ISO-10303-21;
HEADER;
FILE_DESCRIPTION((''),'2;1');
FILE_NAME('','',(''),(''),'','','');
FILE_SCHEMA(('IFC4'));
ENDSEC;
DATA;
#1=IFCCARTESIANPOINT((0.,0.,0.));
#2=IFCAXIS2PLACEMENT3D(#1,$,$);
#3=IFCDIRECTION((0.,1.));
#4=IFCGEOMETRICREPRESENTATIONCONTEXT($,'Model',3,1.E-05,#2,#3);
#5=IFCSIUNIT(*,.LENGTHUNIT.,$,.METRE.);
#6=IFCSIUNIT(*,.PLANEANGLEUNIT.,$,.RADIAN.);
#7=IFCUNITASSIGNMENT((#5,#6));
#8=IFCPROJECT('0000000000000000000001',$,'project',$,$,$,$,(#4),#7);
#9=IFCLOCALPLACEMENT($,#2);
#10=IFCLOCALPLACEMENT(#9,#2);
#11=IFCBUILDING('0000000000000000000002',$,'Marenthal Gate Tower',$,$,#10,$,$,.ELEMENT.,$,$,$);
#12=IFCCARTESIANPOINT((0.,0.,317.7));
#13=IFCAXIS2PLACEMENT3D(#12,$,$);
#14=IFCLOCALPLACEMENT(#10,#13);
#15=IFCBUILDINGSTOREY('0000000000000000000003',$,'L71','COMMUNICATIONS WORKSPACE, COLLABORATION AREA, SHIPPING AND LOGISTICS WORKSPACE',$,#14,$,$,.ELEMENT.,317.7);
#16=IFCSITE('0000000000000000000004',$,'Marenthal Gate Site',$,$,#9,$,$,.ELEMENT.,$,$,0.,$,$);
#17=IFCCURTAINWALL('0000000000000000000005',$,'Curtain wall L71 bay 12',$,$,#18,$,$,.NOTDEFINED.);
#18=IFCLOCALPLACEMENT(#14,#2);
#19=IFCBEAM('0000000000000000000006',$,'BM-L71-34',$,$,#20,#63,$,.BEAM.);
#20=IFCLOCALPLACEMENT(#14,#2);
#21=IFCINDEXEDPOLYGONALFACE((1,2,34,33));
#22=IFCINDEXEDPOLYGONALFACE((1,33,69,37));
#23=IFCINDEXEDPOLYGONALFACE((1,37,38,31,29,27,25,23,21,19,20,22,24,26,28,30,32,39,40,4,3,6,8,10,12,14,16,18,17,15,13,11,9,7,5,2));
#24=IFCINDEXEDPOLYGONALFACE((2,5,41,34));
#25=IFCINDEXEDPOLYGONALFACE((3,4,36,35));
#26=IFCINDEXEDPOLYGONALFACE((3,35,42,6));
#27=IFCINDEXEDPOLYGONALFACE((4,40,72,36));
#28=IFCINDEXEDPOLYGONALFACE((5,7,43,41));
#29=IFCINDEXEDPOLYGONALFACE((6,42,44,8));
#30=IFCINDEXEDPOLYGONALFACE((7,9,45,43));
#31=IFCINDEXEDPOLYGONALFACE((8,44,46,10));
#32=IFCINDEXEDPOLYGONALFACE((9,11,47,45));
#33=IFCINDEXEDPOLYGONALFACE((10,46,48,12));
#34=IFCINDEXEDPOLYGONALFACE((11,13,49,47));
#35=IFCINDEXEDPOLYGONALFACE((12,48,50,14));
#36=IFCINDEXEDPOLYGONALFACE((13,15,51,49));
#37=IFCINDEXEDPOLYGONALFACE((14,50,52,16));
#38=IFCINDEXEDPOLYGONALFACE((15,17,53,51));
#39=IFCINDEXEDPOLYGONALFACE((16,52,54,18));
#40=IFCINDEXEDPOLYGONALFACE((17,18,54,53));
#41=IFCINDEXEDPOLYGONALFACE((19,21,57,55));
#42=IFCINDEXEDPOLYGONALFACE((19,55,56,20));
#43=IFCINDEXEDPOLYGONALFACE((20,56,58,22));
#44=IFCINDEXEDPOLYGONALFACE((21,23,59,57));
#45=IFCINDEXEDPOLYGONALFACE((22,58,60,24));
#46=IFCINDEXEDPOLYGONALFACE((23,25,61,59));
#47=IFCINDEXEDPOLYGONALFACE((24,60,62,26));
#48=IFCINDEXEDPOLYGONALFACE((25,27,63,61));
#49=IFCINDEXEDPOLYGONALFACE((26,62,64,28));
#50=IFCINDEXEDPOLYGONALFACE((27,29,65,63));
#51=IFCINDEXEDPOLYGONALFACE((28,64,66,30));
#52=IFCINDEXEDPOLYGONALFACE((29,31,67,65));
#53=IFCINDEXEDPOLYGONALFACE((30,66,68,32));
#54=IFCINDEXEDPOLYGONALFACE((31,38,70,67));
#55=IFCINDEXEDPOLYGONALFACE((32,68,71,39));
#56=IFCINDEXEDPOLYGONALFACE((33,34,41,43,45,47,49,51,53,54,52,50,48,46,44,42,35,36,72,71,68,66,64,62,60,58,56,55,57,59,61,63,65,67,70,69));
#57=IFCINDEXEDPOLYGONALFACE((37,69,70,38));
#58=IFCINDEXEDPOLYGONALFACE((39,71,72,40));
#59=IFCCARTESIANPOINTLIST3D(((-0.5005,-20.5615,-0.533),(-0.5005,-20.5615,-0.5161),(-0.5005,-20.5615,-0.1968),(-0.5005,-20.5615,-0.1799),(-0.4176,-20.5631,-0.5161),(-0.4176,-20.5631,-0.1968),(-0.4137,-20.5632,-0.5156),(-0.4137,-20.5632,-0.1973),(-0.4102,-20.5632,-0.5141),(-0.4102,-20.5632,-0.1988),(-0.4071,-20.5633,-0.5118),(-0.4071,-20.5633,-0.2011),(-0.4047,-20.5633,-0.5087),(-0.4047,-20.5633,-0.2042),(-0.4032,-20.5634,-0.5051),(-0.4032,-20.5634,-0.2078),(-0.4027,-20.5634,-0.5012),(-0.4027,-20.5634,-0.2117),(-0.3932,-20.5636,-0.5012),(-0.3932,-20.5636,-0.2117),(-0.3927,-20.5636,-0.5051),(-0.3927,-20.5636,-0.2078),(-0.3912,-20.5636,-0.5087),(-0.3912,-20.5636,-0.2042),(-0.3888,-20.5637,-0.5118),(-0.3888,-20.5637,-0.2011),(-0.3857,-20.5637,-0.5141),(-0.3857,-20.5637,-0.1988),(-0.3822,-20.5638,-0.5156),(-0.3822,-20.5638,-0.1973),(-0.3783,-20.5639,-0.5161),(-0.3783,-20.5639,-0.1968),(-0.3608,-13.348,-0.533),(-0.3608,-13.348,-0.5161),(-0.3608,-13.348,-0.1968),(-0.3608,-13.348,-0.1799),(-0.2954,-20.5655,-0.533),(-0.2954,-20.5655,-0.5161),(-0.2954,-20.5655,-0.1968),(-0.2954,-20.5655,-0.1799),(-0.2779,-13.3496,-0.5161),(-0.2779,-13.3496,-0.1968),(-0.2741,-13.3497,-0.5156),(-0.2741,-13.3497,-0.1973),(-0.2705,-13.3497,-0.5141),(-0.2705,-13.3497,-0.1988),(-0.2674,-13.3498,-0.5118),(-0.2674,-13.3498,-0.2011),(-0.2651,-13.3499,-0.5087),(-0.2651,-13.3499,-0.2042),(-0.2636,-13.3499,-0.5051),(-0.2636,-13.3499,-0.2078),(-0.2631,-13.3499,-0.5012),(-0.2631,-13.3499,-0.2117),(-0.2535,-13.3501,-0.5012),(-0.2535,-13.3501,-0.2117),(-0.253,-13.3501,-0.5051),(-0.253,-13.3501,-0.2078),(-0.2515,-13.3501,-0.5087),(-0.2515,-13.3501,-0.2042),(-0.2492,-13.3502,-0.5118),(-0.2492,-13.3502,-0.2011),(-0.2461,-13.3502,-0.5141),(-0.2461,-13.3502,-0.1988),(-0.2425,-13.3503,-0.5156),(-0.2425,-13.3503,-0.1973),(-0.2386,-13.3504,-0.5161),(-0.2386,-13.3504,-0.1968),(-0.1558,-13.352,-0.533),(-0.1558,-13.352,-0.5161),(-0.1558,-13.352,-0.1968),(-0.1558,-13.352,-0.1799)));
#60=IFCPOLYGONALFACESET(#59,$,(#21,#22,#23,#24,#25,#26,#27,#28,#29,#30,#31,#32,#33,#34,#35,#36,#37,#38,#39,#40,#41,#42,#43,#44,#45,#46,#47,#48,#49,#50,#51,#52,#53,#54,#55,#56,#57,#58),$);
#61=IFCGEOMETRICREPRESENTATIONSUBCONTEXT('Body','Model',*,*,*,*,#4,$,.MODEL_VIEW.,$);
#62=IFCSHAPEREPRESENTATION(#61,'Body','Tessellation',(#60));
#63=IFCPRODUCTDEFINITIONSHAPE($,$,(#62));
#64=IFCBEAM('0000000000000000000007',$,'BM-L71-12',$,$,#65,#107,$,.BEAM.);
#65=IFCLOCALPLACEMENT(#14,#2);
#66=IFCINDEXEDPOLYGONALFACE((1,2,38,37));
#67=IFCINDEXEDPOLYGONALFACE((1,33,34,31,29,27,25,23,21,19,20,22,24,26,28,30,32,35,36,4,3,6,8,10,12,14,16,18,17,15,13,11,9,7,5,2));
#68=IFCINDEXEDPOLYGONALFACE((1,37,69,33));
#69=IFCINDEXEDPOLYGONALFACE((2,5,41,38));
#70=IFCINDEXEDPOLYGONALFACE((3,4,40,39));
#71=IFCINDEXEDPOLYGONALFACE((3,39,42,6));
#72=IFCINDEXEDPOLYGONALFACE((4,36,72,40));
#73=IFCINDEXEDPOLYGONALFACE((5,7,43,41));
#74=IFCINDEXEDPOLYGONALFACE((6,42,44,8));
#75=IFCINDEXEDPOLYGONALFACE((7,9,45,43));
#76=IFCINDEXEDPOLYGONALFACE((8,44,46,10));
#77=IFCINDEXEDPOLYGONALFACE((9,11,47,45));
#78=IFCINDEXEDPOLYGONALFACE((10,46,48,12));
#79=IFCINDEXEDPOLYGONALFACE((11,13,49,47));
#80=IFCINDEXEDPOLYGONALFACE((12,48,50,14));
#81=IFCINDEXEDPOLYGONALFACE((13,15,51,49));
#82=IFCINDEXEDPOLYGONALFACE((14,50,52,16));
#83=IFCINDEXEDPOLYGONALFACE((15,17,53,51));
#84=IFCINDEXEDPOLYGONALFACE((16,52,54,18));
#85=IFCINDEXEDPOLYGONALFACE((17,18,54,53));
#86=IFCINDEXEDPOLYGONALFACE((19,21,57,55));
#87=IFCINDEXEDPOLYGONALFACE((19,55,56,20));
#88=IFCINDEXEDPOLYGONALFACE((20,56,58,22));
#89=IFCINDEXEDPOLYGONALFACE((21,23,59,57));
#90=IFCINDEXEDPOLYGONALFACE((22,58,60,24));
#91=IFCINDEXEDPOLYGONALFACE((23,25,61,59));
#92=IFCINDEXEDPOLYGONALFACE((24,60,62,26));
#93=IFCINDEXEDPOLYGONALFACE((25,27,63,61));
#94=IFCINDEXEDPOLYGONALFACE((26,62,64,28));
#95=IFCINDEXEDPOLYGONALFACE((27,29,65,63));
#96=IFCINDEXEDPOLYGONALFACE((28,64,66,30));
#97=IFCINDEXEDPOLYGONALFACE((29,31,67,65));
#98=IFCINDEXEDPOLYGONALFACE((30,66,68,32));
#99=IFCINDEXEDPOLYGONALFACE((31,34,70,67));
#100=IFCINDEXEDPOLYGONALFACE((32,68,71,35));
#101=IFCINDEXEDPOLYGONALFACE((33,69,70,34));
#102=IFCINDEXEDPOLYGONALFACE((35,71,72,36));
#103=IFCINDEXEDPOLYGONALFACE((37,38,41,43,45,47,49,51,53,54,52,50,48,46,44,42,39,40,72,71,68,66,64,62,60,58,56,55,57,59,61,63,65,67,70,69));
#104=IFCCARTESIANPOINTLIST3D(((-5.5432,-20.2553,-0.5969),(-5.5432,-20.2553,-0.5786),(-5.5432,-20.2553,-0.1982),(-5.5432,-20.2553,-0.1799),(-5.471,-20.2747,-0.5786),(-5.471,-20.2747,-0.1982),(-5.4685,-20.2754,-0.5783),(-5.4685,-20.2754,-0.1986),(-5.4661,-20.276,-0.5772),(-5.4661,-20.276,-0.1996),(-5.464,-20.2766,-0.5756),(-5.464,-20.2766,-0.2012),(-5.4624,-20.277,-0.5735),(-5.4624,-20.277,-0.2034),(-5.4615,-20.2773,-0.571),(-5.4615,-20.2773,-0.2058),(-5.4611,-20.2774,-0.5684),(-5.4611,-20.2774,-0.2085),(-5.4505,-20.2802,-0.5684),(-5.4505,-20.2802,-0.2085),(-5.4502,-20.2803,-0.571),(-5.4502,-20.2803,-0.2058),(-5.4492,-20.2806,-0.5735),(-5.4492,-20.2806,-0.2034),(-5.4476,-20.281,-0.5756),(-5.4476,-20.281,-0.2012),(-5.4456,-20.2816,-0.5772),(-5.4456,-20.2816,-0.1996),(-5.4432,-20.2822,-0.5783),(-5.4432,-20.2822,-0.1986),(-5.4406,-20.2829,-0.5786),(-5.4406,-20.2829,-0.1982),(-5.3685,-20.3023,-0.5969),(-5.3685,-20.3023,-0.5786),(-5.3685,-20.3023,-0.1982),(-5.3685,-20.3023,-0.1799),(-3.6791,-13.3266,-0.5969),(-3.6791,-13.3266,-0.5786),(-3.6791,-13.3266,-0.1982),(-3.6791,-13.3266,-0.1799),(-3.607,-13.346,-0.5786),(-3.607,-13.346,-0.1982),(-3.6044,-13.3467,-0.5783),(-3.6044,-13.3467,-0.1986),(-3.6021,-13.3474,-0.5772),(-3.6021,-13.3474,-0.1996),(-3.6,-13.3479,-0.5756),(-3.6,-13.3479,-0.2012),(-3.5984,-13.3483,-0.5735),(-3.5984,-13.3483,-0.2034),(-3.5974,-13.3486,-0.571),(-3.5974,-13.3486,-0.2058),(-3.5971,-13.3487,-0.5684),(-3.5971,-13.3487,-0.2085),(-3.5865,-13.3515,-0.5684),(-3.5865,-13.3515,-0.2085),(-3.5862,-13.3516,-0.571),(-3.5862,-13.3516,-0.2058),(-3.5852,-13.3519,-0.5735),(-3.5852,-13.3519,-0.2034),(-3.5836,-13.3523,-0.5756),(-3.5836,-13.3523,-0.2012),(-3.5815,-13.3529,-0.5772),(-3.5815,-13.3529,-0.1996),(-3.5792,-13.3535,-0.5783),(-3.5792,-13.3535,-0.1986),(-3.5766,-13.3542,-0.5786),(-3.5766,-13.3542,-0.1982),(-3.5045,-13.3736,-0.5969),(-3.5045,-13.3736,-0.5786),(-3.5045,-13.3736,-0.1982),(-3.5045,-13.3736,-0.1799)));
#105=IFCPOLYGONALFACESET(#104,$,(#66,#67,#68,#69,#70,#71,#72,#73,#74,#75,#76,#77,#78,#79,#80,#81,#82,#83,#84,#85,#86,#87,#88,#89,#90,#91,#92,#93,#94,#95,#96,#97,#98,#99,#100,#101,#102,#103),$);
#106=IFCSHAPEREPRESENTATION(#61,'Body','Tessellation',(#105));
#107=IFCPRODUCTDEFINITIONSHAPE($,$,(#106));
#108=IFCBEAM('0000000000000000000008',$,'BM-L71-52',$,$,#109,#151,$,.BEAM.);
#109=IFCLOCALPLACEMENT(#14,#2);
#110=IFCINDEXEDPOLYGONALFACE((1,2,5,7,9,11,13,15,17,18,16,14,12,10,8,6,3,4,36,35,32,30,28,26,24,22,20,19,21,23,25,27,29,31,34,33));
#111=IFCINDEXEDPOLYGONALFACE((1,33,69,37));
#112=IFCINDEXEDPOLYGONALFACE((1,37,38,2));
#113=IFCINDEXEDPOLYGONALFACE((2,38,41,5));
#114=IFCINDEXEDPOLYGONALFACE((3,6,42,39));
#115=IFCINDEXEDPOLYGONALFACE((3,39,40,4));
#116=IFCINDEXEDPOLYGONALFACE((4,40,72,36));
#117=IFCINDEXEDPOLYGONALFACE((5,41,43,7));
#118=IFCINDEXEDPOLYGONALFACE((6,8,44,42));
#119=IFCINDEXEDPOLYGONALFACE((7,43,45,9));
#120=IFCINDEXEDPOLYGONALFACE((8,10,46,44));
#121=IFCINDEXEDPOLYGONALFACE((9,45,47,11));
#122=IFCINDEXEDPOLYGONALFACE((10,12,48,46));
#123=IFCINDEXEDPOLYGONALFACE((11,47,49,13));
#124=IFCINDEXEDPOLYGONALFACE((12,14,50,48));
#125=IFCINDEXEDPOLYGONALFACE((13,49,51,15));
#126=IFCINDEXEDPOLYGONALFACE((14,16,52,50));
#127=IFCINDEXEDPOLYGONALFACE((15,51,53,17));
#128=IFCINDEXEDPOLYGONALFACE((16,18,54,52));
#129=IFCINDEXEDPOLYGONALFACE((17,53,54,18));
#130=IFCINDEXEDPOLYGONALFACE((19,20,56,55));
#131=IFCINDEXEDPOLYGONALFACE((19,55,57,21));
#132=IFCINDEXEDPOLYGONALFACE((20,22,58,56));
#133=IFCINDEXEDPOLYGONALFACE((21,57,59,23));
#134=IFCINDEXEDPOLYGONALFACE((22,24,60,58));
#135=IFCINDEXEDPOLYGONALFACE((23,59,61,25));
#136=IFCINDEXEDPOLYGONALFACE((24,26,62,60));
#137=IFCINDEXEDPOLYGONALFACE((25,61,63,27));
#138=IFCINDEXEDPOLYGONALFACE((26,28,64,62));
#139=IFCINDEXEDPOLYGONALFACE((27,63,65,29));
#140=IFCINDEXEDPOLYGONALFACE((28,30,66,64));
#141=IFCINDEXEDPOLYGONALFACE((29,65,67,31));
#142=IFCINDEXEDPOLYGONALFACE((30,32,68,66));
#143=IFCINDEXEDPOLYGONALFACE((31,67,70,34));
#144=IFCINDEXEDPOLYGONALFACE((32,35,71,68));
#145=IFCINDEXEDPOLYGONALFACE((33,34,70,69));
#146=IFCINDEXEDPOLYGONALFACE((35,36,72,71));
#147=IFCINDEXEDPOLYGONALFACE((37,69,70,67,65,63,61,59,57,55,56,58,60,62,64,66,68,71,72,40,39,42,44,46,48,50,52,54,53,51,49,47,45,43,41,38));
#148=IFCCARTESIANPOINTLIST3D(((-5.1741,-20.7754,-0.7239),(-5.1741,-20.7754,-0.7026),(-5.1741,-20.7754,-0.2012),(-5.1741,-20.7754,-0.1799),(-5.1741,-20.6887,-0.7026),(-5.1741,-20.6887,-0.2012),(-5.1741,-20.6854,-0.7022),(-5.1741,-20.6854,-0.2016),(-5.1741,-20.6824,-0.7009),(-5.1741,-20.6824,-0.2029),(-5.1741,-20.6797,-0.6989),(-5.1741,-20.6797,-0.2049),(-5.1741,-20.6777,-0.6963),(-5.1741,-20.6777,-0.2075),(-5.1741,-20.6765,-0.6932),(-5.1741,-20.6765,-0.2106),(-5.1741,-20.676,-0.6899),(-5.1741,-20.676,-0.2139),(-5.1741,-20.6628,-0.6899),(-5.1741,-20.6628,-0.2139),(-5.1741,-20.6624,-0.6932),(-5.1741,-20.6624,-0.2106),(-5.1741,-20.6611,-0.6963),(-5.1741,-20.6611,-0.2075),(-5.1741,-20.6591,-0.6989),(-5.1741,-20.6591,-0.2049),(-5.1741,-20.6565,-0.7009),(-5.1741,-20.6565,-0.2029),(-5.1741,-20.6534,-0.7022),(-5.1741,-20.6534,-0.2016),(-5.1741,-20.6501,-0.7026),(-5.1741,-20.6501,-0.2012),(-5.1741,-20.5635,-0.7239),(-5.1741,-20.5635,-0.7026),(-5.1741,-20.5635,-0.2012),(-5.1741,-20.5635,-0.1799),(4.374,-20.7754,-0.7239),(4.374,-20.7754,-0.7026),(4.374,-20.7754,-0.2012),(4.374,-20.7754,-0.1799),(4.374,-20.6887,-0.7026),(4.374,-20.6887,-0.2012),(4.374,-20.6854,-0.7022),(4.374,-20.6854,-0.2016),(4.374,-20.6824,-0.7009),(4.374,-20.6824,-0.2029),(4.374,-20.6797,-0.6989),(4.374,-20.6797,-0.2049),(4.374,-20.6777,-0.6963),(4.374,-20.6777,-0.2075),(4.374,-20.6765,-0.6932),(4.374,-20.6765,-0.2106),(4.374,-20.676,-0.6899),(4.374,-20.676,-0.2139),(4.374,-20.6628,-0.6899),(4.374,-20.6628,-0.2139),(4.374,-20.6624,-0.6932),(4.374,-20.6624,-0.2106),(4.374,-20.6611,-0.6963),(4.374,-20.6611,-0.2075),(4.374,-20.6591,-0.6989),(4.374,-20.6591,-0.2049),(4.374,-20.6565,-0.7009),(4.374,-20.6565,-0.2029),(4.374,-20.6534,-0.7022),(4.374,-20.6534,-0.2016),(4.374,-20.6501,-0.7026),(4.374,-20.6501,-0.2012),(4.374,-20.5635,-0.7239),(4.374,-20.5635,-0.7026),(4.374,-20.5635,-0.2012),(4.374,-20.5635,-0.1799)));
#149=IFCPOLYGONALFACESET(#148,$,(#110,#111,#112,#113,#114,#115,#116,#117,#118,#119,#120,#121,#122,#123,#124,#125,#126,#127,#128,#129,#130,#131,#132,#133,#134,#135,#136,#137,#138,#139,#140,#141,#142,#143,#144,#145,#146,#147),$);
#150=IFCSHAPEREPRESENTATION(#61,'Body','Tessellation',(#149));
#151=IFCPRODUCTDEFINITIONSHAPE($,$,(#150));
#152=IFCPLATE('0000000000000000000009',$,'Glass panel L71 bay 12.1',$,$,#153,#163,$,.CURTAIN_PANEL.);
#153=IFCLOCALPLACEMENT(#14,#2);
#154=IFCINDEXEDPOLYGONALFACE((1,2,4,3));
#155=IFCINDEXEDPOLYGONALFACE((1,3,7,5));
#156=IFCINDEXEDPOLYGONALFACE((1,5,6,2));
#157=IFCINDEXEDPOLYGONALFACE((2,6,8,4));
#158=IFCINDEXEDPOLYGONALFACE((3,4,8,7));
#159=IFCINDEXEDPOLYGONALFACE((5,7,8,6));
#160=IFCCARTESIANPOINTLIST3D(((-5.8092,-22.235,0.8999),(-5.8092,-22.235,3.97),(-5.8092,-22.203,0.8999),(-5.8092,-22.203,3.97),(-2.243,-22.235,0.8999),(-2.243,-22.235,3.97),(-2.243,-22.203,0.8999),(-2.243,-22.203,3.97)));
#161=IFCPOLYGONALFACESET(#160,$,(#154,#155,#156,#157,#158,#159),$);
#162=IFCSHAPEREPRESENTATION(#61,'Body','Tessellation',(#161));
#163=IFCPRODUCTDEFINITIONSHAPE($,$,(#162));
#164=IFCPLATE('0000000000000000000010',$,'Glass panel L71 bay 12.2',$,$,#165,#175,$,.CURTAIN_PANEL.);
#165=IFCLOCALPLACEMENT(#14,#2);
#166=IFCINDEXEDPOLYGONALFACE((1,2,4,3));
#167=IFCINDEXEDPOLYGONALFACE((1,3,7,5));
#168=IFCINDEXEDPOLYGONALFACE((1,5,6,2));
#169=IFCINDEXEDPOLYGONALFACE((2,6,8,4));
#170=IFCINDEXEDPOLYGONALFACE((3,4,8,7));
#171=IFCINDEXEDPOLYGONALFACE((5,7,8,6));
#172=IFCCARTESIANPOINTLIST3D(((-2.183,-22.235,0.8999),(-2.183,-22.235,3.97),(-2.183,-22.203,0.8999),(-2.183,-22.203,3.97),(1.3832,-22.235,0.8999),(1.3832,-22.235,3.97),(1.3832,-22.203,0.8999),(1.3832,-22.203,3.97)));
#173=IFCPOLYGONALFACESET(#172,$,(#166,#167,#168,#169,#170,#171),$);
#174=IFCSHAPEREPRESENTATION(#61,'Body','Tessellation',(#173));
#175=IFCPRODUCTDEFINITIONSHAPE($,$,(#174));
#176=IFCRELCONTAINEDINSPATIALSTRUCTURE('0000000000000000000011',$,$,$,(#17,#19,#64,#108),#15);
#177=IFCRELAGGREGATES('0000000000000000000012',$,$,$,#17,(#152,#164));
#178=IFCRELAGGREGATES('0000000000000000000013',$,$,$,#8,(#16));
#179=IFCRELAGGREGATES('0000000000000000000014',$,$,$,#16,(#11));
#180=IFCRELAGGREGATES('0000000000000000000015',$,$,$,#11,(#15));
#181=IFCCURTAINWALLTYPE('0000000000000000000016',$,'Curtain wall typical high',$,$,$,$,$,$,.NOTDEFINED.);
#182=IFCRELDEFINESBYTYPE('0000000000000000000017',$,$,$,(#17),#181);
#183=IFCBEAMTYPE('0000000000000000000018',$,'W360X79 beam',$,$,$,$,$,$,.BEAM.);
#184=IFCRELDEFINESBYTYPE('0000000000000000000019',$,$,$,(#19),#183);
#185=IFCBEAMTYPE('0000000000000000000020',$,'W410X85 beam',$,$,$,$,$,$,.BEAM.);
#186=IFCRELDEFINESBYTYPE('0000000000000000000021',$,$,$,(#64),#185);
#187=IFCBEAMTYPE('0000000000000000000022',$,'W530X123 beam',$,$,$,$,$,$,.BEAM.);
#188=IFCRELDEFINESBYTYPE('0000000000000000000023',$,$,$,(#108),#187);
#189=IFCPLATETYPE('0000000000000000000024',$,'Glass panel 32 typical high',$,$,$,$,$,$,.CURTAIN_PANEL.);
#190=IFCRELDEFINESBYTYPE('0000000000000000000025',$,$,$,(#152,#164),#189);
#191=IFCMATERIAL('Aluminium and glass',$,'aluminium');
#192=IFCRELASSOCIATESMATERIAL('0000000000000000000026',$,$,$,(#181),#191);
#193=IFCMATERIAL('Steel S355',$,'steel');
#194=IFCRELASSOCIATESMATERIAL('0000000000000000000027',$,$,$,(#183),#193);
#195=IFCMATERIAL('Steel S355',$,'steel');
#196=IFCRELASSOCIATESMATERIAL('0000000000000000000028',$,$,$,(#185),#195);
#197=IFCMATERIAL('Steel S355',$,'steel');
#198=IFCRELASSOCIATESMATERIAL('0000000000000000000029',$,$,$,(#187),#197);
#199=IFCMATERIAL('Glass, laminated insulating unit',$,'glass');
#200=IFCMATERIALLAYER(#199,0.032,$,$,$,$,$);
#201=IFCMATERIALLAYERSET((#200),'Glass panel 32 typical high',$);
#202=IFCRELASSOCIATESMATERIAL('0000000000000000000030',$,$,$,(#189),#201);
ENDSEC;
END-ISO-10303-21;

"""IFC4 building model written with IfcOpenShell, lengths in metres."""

from ifc_helpers import new_model, si_unit, direction, frame, origin, origin_2d, place, context, subcontext, project, spatial, rectangle, i_section, extrude, material, layer, layer_set, material_profile, profile_set, type_object, element, aggregate, save


model = new_model("IFC4")

# Units and contexts
model_context = context("Model", 3, precision=1e-05, world=origin(), true_north=direction((0.0, 1.0)))
body_context = subcontext(model_context, "Body", "Model", "MODEL_VIEW")
ifc_project = project(units=[si_unit("LENGTHUNIT", "METRE"), si_unit("PLANEANGLEUNIT", "RADIAN")], contexts=[model_context])

# Site, building, storey
site_placement = place(None, origin())
site = spatial("IfcSite", under=ifc_project, at=site_placement, Name="Marenthal Gate Site", CompositionType="ELEMENT", RefElevation=0.0)
building_placement = place(site_placement, origin())
building = spatial("IfcBuilding", under=site, at=building_placement, Name="Marenthal Gate Tower", CompositionType="ELEMENT")
storey_placement = place(building_placement, frame((0.0, 0.0, 317.7)))
storey = spatial("IfcBuildingStorey", under=building, at=storey_placement, Name="L71", Description="COMMUNICATIONS WORKSPACE, COLLABORATION AREA, SHIPPING AND LOGISTICS WORKSPACE", CompositionType="ELEMENT", Elevation=317.7)

# Curtain wall
ifc_material_1 = material(Name="Aluminium and glass", Category="aluminium")
curtain_wall_type = type_object("IfcCurtainWallType", Name="Curtain wall typical high", PredefinedType="NOTDEFINED", material=ifc_material_1)
curtain_wall_placement = place(storey_placement, origin())
curtain_wall = element("IfcCurtainWall", 1, at=curtain_wall_placement, inside=storey, type_object=curtain_wall_type, Name="Curtain wall L71 bay 12", PredefinedType="NOTDEFINED")

# Beams
ifc_material_2 = material(Name="Steel S355", Category="steel")
ifc_material_profile_1 = material_profile(ifc_material_2, i_section(OverallWidth=0.2051, OverallDepth=0.353, WebThickness=0.0095, FlangeThickness=0.0168, FilletRadius=0.0149, at=origin_2d()), Name="W360X79")
ifc_profile_set_1 = profile_set([ifc_material_profile_1], Name="Steel S355")
beam_type_1 = type_object("IfcBeamType", Name="W360X79 beam", PredefinedType="BEAM", material=ifc_profile_set_1)
beam_1_placement = place(storey_placement, frame((-0.3979, -20.5635, -0.3564), z_axis=(0.019356, 0.999813, 0.0), x_axis=(-0.999813, 0.019356, 0.0)))
element("IfcBeam", 2, at=beam_1_placement, inside=storey, type_object=beam_type_1, Name="BM-L71-34", PredefinedType="BEAM", context=body_context, shape_type="SweptSolid", body=[
    extrude(i_section(OverallWidth=0.2051, OverallDepth=0.353, WebThickness=0.0095, FlangeThickness=0.0168, FilletRadius=0.0149, at=origin_2d()), origin(), (0.0, 0.0, 1.0), 7.2148),
])
ifc_material_3 = material(Name="Steel S355", Category="steel")
ifc_material_profile_2 = material_profile(ifc_material_3, i_section(OverallWidth=0.1809, OverallDepth=0.417, WebThickness=0.011, FlangeThickness=0.0183, FilletRadius=0.0103, at=origin_2d()), Name="W410X85")
ifc_profile_set_2 = profile_set([ifc_material_profile_2], Name="Steel S355")
beam_type_2 = type_object("IfcBeamType", Name="W410X85 beam", PredefinedType="BEAM", material=ifc_profile_set_2)
beam_2_placement = place(storey_placement, frame((-5.4558, -20.2788, -0.3884), z_axis=(0.25979, 0.965665, 0.0), x_axis=(-0.965665, 0.25979, 0.0)))
element("IfcBeam", 3, at=beam_2_placement, inside=storey, type_object=beam_type_2, Name="BM-L71-12", PredefinedType="BEAM", context=body_context, shape_type="SweptSolid", body=[
    extrude(i_section(OverallWidth=0.1809, OverallDepth=0.417, WebThickness=0.011, FlangeThickness=0.0183, FilletRadius=0.0103, at=origin_2d()), origin(), (0.0, 0.0, 1.0), 7.175),
])
ifc_material_4 = material(Name="Steel S355", Category="steel")
ifc_material_profile_3 = material_profile(ifc_material_4, i_section(OverallWidth=0.2119, OverallDepth=0.5439, WebThickness=0.0132, FlangeThickness=0.0212, FilletRadius=0.0127, at=origin_2d()), Name="W530X123")
ifc_profile_set_3 = profile_set([ifc_material_profile_3], Name="Steel S355")
beam_type_3 = type_object("IfcBeamType", Name="W530X123 beam", PredefinedType="BEAM", material=ifc_profile_set_3)
beam_3_placement = place(storey_placement, frame((-5.1741, -20.6694, -0.4519), z_axis=(1.0, 0.0, 0.0), x_axis=(0.0, 1.0, 0.0)))
element("IfcBeam", 4, at=beam_3_placement, inside=storey, type_object=beam_type_3, Name="BM-L71-52", PredefinedType="BEAM", context=body_context, shape_type="SweptSolid", body=[
    extrude(i_section(OverallWidth=0.2119, OverallDepth=0.5439, WebThickness=0.0132, FlangeThickness=0.0212, FilletRadius=0.0127, at=origin_2d()), origin(), (0.0, 0.0, 1.0), 9.5481),
])

# Plates
ifc_material_5 = material(Name="Glass, laminated insulating unit", Category="glass")
ifc_layer_1 = layer(ifc_material_5, 0.032)
ifc_layer_set_1 = layer_set([ifc_layer_1], Name="Glass panel 32 typical high")
plate_type = type_object("IfcPlateType", Name="Glass panel 32 typical high", PredefinedType="CURTAIN_PANEL", material=ifc_layer_set_1)
plate_1_placement = place(storey_placement, frame((-4.0261, -22.219, 0.8999), z_axis=(0.0, 0.0, 1.0), x_axis=(1.0, 0.0, 0.0)))
plate_1 = element("IfcPlate", 5, at=plate_1_placement, type_object=plate_type, Name="Glass panel L71 bay 12.1", PredefinedType="CURTAIN_PANEL", context=body_context, shape_type="SweptSolid", body=[
    extrude(rectangle(XDim=3.5662, YDim=0.032, at=origin_2d()), origin(), (0.0, 0.0, 1.0), 3.0701),
])
plate_2_placement = place(storey_placement, frame((-0.3999, -22.219, 0.8999), z_axis=(0.0, 0.0, 1.0), x_axis=(1.0, 0.0, 0.0)))
plate_2 = element("IfcPlate", 6, at=plate_2_placement, type_object=plate_type, Name="Glass panel L71 bay 12.2", PredefinedType="CURTAIN_PANEL", context=body_context, shape_type="SweptSolid", body=[
    extrude(rectangle(XDim=3.5662, YDim=0.032, at=origin_2d()), origin(), (0.0, 0.0, 1.0), 3.0701),
])
aggregate(curtain_wall, [plate_1, plate_2])

save(model, "model.ifc")
